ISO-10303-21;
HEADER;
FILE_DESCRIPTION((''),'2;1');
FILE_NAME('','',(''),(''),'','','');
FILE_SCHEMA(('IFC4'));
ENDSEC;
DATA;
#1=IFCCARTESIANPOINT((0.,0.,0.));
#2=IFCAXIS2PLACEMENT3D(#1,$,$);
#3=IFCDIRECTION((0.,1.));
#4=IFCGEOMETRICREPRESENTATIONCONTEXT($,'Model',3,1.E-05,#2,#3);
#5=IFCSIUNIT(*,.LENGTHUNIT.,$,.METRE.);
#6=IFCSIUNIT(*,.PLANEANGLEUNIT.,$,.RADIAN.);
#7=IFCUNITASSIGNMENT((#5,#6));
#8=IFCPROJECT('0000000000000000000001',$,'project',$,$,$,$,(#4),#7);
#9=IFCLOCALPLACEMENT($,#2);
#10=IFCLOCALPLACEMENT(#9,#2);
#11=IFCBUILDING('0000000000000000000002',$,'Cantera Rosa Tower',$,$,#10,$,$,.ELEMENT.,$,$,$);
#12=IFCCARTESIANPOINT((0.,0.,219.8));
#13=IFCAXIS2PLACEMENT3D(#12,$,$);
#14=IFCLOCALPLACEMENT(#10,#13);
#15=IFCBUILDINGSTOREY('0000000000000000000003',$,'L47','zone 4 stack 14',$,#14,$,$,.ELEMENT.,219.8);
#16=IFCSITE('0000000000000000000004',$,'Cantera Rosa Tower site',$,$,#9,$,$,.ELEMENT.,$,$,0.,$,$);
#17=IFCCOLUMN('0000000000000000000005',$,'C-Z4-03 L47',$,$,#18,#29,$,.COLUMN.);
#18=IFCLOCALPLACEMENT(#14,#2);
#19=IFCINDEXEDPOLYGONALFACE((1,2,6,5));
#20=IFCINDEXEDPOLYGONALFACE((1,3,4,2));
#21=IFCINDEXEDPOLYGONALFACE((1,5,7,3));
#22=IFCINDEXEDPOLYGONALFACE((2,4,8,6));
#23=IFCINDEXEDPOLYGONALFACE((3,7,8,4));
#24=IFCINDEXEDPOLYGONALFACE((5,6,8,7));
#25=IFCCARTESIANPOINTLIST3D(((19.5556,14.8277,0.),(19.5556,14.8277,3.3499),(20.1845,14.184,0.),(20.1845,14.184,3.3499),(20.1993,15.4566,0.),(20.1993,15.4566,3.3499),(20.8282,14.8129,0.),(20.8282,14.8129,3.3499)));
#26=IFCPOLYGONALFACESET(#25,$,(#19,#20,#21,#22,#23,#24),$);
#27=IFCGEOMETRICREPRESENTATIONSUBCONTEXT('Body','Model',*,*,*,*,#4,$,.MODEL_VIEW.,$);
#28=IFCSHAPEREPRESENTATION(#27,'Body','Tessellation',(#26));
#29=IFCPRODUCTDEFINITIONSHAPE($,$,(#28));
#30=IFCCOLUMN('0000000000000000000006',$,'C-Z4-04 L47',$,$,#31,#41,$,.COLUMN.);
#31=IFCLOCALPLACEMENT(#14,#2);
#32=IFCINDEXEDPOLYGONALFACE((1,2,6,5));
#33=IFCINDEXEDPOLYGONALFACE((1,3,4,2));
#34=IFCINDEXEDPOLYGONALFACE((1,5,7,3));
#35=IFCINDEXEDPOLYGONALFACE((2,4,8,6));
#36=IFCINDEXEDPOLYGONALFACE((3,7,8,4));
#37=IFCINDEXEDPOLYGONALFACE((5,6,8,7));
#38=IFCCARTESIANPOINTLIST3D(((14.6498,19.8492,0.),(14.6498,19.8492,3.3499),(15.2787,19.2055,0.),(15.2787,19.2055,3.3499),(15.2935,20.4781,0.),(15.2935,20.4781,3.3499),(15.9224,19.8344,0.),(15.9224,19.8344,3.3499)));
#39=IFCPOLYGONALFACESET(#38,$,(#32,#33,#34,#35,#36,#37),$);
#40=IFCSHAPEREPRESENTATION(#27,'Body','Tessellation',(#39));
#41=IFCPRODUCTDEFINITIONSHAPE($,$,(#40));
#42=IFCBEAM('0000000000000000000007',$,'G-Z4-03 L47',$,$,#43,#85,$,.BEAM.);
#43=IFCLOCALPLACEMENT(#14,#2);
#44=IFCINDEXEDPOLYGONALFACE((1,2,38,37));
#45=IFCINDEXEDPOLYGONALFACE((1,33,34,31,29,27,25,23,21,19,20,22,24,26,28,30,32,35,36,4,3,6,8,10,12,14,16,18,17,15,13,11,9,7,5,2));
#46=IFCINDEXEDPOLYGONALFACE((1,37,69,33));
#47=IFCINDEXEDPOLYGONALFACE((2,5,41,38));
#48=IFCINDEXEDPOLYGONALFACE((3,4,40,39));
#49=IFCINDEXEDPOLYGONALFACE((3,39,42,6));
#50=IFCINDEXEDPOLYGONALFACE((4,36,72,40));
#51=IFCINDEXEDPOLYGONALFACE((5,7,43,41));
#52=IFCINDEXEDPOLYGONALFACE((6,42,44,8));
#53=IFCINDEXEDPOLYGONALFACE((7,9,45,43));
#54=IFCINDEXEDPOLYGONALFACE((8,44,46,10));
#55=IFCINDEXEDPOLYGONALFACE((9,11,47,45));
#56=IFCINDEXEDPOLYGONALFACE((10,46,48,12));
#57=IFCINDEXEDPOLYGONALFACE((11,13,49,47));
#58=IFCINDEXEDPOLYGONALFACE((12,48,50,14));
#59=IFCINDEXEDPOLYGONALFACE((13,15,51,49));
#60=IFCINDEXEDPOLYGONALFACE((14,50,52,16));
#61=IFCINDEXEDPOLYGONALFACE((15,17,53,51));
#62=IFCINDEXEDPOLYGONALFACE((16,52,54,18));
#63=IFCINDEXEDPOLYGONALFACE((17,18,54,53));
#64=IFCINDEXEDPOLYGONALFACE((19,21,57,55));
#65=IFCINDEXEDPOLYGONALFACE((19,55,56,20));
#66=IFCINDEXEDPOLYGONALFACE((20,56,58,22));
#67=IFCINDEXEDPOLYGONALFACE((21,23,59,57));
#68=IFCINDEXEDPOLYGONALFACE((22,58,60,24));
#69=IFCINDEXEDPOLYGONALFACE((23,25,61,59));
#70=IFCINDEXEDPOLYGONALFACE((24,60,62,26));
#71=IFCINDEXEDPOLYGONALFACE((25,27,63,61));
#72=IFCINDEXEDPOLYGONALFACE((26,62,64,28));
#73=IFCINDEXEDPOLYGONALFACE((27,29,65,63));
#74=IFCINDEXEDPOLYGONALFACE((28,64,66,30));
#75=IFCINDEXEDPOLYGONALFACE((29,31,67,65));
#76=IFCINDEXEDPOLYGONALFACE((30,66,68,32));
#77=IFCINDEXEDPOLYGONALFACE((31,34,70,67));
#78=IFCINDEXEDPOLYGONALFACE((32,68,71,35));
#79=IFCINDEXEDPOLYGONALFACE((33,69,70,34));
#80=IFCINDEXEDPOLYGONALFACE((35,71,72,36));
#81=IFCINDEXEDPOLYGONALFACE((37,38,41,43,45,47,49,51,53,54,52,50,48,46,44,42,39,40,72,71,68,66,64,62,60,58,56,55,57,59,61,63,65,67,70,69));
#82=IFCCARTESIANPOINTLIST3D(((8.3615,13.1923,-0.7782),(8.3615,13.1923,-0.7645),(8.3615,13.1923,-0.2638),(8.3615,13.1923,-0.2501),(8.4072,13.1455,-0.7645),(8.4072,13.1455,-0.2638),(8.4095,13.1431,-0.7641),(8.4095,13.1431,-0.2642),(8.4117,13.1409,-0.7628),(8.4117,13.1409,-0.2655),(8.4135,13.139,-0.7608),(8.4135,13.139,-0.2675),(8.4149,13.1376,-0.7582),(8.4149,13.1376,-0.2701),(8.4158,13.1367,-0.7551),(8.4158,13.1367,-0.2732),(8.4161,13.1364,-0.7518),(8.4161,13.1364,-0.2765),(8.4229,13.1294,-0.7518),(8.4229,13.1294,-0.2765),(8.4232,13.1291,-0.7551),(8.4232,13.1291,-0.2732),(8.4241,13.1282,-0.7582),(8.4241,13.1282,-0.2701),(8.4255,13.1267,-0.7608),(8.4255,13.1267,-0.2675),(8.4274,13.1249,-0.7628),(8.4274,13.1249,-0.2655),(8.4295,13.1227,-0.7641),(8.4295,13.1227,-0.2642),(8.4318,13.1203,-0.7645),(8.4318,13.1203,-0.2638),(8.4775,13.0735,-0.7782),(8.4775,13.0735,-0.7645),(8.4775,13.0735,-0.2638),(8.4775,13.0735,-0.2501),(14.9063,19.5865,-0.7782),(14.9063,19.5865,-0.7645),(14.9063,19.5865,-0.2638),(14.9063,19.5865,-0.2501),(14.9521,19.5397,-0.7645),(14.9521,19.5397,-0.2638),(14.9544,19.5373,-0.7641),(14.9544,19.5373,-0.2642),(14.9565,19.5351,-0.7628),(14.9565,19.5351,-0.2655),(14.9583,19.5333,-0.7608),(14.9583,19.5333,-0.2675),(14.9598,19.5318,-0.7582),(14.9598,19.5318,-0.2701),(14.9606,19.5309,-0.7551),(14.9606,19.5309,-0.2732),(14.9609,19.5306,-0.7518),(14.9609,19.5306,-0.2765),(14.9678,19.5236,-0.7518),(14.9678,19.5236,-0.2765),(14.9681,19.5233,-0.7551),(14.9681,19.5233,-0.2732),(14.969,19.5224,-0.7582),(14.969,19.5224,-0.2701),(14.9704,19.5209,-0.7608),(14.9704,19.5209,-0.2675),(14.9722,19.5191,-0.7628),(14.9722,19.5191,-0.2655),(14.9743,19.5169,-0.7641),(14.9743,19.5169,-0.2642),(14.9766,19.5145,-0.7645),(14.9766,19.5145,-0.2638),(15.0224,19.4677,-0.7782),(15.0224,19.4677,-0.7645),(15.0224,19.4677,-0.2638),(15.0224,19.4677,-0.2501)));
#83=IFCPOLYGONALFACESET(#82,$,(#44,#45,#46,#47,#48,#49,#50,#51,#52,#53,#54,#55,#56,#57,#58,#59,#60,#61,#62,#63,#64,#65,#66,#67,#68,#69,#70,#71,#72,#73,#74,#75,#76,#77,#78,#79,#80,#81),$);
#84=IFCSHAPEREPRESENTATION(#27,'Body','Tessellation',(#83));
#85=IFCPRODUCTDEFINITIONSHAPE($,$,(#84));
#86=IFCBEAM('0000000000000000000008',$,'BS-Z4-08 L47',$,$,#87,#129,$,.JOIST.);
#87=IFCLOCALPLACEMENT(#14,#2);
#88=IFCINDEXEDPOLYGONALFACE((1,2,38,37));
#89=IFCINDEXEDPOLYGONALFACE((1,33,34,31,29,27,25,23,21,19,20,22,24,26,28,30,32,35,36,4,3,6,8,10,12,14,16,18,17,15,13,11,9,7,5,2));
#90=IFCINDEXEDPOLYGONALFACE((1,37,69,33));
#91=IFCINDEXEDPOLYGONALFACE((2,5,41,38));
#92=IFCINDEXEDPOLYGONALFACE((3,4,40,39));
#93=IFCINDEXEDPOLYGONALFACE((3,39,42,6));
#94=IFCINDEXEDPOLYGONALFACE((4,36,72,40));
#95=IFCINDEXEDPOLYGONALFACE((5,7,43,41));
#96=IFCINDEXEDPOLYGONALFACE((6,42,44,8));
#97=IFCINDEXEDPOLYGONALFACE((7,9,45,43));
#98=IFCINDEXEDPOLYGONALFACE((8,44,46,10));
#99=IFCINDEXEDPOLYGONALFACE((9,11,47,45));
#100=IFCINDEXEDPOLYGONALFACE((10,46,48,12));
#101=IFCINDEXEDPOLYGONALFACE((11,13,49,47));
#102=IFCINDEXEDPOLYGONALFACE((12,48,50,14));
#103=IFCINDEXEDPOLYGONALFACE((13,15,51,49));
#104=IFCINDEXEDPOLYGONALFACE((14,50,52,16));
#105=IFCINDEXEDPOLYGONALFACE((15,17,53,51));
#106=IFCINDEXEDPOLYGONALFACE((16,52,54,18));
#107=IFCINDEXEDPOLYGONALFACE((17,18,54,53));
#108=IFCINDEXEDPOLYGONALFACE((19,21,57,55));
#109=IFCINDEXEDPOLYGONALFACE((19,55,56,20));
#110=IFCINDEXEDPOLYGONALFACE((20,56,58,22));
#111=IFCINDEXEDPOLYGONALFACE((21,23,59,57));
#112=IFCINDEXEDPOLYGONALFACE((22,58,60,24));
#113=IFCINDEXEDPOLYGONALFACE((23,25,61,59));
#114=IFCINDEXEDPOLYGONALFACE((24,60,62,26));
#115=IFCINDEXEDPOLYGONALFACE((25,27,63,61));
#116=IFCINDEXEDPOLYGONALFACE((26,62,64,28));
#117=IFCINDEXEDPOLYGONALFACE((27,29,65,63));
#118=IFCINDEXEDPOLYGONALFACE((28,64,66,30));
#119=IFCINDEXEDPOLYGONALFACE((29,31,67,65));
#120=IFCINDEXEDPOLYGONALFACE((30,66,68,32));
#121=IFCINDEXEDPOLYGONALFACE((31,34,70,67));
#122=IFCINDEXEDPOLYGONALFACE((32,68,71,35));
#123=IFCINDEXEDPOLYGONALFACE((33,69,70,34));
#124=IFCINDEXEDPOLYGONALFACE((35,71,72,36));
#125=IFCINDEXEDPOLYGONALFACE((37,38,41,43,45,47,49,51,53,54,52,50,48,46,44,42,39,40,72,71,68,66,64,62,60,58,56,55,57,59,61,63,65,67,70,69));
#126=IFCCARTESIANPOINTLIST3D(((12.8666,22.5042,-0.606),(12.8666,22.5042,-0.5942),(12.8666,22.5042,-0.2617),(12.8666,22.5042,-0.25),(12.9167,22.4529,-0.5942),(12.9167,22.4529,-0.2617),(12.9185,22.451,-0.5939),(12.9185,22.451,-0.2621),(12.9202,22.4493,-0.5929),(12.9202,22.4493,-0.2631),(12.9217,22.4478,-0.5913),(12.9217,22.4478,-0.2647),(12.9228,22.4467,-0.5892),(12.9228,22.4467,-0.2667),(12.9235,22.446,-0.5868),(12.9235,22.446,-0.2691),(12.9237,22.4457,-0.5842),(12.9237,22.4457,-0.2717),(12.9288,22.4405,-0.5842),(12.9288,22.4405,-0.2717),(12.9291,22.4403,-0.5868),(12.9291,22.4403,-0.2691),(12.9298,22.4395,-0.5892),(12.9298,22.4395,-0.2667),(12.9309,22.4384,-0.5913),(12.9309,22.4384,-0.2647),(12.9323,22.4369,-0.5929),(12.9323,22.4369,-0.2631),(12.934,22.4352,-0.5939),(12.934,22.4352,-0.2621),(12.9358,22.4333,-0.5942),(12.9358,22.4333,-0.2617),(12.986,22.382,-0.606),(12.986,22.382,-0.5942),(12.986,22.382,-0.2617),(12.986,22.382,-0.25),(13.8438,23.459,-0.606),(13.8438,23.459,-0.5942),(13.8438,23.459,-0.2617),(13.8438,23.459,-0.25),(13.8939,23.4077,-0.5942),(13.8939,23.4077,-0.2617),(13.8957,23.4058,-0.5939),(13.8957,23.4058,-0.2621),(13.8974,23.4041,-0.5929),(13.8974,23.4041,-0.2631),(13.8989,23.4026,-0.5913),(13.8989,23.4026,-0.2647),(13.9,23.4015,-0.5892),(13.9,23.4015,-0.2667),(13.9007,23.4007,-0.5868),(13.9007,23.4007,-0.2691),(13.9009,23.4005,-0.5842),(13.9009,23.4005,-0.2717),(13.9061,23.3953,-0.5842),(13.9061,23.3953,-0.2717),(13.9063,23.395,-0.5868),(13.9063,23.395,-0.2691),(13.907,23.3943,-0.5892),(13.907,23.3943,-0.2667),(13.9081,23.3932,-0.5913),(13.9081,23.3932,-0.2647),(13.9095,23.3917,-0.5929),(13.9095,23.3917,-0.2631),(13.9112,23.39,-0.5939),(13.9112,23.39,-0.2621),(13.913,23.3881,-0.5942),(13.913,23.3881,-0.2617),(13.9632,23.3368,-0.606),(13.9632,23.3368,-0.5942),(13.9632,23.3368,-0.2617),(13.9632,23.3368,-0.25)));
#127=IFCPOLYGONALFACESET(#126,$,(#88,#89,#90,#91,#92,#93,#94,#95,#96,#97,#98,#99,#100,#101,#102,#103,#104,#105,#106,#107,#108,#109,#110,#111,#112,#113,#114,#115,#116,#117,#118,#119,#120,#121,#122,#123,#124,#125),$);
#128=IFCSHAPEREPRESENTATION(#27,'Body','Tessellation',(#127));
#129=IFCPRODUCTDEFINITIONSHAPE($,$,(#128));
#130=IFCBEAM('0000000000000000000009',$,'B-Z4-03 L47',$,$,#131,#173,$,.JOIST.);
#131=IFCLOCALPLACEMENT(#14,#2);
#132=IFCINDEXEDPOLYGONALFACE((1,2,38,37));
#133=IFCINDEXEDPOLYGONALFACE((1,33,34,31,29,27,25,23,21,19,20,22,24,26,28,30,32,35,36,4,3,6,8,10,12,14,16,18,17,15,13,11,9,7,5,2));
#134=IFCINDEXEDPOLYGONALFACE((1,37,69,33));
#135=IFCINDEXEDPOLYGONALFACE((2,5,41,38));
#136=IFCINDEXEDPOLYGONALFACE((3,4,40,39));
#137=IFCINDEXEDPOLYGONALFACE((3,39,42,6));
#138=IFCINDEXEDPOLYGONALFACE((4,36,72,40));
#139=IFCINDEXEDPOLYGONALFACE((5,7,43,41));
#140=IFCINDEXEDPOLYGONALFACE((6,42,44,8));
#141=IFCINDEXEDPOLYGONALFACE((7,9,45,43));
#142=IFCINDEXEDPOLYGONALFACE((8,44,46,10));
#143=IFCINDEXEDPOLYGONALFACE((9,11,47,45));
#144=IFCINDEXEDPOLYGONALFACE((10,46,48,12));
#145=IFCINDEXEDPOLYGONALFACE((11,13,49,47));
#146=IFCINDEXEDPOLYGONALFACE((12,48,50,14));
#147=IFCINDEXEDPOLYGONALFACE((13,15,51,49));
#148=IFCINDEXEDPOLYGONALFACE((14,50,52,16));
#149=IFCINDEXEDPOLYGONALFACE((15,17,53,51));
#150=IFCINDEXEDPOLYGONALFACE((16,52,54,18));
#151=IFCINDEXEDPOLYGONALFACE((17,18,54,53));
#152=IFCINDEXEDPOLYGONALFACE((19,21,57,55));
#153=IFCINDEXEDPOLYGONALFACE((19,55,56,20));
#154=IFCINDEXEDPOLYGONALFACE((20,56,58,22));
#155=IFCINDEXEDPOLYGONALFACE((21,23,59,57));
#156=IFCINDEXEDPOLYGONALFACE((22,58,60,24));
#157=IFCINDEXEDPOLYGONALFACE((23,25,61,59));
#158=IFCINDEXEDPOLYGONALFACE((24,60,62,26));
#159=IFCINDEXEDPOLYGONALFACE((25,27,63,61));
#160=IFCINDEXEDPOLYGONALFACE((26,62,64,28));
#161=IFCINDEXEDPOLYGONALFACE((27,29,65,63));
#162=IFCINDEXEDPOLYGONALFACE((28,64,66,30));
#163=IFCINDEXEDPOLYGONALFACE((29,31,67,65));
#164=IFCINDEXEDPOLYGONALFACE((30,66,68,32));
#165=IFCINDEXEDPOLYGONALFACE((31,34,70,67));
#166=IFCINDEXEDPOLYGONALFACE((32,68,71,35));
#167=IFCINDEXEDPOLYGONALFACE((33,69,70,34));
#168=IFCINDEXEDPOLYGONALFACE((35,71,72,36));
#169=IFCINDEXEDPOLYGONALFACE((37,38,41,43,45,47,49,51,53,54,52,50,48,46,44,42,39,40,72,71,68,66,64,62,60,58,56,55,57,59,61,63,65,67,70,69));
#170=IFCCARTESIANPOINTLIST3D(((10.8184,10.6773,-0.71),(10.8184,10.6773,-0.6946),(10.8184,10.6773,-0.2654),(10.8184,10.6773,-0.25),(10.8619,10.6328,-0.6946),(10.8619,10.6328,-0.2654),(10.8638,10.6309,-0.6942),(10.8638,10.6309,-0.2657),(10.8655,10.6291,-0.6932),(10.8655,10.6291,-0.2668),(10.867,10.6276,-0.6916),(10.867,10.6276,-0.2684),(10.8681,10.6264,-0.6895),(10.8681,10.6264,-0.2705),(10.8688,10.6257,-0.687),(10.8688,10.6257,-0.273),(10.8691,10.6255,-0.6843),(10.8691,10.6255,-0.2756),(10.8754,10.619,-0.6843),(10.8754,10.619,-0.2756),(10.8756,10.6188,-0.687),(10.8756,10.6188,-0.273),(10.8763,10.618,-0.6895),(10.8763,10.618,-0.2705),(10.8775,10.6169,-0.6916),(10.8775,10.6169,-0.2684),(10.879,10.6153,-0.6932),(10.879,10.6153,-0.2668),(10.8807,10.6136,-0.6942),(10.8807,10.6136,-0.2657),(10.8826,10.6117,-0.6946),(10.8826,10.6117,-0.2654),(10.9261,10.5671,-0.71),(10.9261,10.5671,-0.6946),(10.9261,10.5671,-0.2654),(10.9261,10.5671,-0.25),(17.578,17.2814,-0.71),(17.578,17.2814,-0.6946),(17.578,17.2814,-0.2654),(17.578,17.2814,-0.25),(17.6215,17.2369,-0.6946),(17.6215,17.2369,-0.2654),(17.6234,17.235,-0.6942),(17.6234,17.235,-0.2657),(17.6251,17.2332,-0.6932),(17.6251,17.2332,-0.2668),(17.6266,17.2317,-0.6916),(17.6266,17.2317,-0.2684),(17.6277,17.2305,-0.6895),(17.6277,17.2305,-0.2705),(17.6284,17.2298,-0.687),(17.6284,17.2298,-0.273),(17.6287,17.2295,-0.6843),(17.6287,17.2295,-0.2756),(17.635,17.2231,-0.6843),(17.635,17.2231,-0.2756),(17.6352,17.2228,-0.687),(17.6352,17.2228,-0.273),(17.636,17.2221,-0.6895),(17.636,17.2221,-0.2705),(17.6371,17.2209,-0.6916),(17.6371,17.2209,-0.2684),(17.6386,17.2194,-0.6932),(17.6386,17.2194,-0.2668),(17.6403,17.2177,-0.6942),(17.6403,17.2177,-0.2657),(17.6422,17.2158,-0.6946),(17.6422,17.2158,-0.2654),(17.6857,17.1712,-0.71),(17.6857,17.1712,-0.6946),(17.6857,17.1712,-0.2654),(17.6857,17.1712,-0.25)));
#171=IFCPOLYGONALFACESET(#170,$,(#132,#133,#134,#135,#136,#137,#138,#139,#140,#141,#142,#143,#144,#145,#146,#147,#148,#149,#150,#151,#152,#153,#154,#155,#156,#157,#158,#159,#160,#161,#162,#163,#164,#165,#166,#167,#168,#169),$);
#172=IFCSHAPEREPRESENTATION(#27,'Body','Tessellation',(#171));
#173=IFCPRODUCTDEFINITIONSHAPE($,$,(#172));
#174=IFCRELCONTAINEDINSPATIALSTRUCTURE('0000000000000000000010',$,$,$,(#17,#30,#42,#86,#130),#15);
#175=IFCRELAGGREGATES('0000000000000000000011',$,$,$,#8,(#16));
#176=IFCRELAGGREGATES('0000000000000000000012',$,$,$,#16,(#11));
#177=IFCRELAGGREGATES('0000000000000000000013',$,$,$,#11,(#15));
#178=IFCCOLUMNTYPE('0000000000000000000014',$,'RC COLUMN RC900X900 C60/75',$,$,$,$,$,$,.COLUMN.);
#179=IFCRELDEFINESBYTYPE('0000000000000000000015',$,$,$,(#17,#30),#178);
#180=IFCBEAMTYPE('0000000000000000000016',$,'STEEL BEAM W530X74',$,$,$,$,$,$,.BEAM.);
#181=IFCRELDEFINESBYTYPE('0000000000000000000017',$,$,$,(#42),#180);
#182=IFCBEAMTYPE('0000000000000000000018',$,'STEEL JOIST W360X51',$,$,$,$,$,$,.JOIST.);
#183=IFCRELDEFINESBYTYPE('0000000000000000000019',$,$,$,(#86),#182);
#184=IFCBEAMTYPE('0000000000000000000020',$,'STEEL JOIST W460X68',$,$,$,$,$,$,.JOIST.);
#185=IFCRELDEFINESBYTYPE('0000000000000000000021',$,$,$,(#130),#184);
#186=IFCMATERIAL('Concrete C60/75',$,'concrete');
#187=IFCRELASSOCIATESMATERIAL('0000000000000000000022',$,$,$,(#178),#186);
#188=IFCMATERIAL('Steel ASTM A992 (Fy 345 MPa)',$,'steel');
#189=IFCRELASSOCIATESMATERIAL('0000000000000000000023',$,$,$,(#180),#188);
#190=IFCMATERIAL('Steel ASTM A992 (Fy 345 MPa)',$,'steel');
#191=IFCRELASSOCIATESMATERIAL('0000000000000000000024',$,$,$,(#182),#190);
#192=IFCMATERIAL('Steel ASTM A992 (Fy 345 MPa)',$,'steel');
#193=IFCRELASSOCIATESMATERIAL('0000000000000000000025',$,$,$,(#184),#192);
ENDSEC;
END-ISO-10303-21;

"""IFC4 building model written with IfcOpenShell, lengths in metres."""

from ifc_helpers import new_model, si_unit, direction, frame, origin, origin_2d, place, context, subcontext, project, spatial, rectangle, i_section, extrude, material, material_profile, profile_set, type_object, element, save


model = new_model("IFC4")

# Units and contexts
model_context = context("Model", 3, precision=1e-05, world=origin(), true_north=direction((0.0, 1.0)))
body_context = subcontext(model_context, "Body", "Model", "MODEL_VIEW")
ifc_project = project(units=[si_unit("LENGTHUNIT", "METRE"), si_unit("PLANEANGLEUNIT", "RADIAN")], contexts=[model_context])

# Site, building, storey
site_placement = place(None, origin())
site = spatial("IfcSite", under=ifc_project, at=site_placement, Name="Cantera Rosa Tower site", CompositionType="ELEMENT", RefElevation=0.0)
building_placement = place(site_placement, origin())
building = spatial("IfcBuilding", under=site, at=building_placement, Name="Cantera Rosa Tower", CompositionType="ELEMENT")
storey_placement = place(building_placement, frame((0.0, 0.0, 219.8)))
storey = spatial("IfcBuildingStorey", under=building, at=storey_placement, Name="L47", Description="zone 4 stack 14", CompositionType="ELEMENT", Elevation=219.8)

# Columns
ifc_material_1 = material(Name="Concrete C60/75", Category="concrete")
ifc_material_profile_1 = material_profile(ifc_material_1, rectangle(XDim=0.8999, YDim=0.8999, at=origin_2d()), Name="RC COLUMN RC900X900 C60/75")
ifc_profile_set_1 = profile_set([ifc_material_profile_1], Name="Concrete C60/75")
column_type = type_object("IfcColumnType", Name="RC COLUMN RC900X900 C60/75", PredefinedType="COLUMN", material=ifc_profile_set_1)
for number, where, z_axis, x_axis, name in (
    (1, (20.1919, 14.8203, 0.0), (0.0, 0.0, 1.0), (0.715286, 0.698832, 0.0), "C-Z4-03 L47"),
    (2, (15.2861, 19.8418, 0.0), (0.0, 0.0, 1.0), (0.715286, 0.698832, 0.0), "C-Z4-04 L47"),
):
    element("IfcColumn", number, at=place(storey_placement, frame(where, z_axis=z_axis, x_axis=x_axis)), inside=storey, type_object=column_type, Name=name, PredefinedType="COLUMN", context=body_context, shape_type="SweptSolid", body=[
        extrude(rectangle(XDim=0.8999, YDim=0.8999, at=origin_2d()), origin(), (0.0, 0.0, 1.0), 3.3499),
    ])

# Beams
ifc_material_2 = material(Name="Steel ASTM A992 (Fy 345 MPa)", Category="steel")
ifc_material_profile_2 = material_profile(ifc_material_2, i_section(OverallWidth=0.166, OverallDepth=0.5281, WebThickness=0.0098, FlangeThickness=0.0137, FilletRadius=0.0127, at=origin_2d()), Name="W530X74")
ifc_profile_set_2 = profile_set([ifc_material_profile_2], Name="Steel ASTM A992 (Fy 345 MPa)")
beam_type_1 = type_object("IfcBeamType", Name="STEEL BEAM W530X74", PredefinedType="BEAM", material=ifc_profile_set_2)
beam_1_placement = place(storey_placement, frame((14.9644, 19.5271, -0.5142), z_axis=(-0.71529, -0.698827, 0.0), x_axis=(0.698827, -0.71529, 0.0)))
element("IfcBeam", 3, at=beam_1_placement, inside=storey, type_object=beam_type_1, Name="G-Z4-03 L47", PredefinedType="BEAM", context=body_context, shape_type="SweptSolid", body=[
    extrude(i_section(OverallWidth=0.166, OverallDepth=0.5281, WebThickness=0.0098, FlangeThickness=0.0137, FilletRadius=0.0127, at=origin_2d()), origin(), (0.0, 0.0, 1.0), 9.1499),
])
ifc_material_3 = material(Name="Steel ASTM A992 (Fy 345 MPa)", Category="steel")
ifc_material_profile_3 = material_profile(ifc_material_3, i_section(OverallWidth=0.1709, OverallDepth=0.356, WebThickness=0.0073, FlangeThickness=0.0117, FilletRadius=0.01, at=origin_2d()), Name="W360X51")
ifc_profile_set_3 = profile_set([ifc_material_profile_3], Name="Steel ASTM A992 (Fy 345 MPa)")
beam_type_2 = type_object("IfcBeamType", Name="STEEL JOIST W360X51", PredefinedType="JOIST", material=ifc_profile_set_3)
beam_2_placement = place(storey_placement, frame((12.9263, 22.4431, -0.428), z_axis=(0.715279, 0.698839, 0.0), x_axis=(-0.698839, 0.715279, 0.0)))
element("IfcBeam", 4, at=beam_2_placement, inside=storey, type_object=beam_type_2, Name="BS-Z4-08 L47", PredefinedType="JOIST", context=body_context, shape_type="SweptSolid", body=[
    extrude(i_section(OverallWidth=0.1709, OverallDepth=0.356, WebThickness=0.0073, FlangeThickness=0.0117, FilletRadius=0.01, at=origin_2d()), origin(), (0.0, 0.0, 1.0), 1.3662),
])
ifc_material_4 = material(Name="Steel ASTM A992 (Fy 345 MPa)", Category="steel")
ifc_material_profile_4 = material_profile(ifc_material_4, i_section(OverallWidth=0.1541, OverallDepth=0.46, WebThickness=0.009, FlangeThickness=0.0154, FilletRadius=0.0103, at=origin_2d()), Name="W460X68")
ifc_profile_set_4 = profile_set([ifc_material_profile_4], Name="Steel ASTM A992 (Fy 345 MPa)")
beam_type_3 = type_object("IfcBeamType", Name="STEEL JOIST W460X68", PredefinedType="JOIST", material=ifc_profile_set_4)
for number, where, z_axis, x_axis, name in (
    (5, (17.6318, 17.2263, -0.48), (-0.715287, -0.698831, 0.0), (0.698831, -0.715287, 0.0), "B-Z4-03 L47"),
):
    element("IfcBeam", number, at=place(storey_placement, frame(where, z_axis=z_axis, x_axis=x_axis)), inside=storey, type_object=beam_type_3, Name=name, PredefinedType="JOIST", context=body_context, shape_type="SweptSolid", body=[
        extrude(i_section(OverallWidth=0.1541, OverallDepth=0.46, WebThickness=0.009, FlangeThickness=0.0154, FilletRadius=0.0103, at=origin_2d()), origin(), (0.0, 0.0, 1.0), 9.4502),
    ])

save(model, "model.ifc")
